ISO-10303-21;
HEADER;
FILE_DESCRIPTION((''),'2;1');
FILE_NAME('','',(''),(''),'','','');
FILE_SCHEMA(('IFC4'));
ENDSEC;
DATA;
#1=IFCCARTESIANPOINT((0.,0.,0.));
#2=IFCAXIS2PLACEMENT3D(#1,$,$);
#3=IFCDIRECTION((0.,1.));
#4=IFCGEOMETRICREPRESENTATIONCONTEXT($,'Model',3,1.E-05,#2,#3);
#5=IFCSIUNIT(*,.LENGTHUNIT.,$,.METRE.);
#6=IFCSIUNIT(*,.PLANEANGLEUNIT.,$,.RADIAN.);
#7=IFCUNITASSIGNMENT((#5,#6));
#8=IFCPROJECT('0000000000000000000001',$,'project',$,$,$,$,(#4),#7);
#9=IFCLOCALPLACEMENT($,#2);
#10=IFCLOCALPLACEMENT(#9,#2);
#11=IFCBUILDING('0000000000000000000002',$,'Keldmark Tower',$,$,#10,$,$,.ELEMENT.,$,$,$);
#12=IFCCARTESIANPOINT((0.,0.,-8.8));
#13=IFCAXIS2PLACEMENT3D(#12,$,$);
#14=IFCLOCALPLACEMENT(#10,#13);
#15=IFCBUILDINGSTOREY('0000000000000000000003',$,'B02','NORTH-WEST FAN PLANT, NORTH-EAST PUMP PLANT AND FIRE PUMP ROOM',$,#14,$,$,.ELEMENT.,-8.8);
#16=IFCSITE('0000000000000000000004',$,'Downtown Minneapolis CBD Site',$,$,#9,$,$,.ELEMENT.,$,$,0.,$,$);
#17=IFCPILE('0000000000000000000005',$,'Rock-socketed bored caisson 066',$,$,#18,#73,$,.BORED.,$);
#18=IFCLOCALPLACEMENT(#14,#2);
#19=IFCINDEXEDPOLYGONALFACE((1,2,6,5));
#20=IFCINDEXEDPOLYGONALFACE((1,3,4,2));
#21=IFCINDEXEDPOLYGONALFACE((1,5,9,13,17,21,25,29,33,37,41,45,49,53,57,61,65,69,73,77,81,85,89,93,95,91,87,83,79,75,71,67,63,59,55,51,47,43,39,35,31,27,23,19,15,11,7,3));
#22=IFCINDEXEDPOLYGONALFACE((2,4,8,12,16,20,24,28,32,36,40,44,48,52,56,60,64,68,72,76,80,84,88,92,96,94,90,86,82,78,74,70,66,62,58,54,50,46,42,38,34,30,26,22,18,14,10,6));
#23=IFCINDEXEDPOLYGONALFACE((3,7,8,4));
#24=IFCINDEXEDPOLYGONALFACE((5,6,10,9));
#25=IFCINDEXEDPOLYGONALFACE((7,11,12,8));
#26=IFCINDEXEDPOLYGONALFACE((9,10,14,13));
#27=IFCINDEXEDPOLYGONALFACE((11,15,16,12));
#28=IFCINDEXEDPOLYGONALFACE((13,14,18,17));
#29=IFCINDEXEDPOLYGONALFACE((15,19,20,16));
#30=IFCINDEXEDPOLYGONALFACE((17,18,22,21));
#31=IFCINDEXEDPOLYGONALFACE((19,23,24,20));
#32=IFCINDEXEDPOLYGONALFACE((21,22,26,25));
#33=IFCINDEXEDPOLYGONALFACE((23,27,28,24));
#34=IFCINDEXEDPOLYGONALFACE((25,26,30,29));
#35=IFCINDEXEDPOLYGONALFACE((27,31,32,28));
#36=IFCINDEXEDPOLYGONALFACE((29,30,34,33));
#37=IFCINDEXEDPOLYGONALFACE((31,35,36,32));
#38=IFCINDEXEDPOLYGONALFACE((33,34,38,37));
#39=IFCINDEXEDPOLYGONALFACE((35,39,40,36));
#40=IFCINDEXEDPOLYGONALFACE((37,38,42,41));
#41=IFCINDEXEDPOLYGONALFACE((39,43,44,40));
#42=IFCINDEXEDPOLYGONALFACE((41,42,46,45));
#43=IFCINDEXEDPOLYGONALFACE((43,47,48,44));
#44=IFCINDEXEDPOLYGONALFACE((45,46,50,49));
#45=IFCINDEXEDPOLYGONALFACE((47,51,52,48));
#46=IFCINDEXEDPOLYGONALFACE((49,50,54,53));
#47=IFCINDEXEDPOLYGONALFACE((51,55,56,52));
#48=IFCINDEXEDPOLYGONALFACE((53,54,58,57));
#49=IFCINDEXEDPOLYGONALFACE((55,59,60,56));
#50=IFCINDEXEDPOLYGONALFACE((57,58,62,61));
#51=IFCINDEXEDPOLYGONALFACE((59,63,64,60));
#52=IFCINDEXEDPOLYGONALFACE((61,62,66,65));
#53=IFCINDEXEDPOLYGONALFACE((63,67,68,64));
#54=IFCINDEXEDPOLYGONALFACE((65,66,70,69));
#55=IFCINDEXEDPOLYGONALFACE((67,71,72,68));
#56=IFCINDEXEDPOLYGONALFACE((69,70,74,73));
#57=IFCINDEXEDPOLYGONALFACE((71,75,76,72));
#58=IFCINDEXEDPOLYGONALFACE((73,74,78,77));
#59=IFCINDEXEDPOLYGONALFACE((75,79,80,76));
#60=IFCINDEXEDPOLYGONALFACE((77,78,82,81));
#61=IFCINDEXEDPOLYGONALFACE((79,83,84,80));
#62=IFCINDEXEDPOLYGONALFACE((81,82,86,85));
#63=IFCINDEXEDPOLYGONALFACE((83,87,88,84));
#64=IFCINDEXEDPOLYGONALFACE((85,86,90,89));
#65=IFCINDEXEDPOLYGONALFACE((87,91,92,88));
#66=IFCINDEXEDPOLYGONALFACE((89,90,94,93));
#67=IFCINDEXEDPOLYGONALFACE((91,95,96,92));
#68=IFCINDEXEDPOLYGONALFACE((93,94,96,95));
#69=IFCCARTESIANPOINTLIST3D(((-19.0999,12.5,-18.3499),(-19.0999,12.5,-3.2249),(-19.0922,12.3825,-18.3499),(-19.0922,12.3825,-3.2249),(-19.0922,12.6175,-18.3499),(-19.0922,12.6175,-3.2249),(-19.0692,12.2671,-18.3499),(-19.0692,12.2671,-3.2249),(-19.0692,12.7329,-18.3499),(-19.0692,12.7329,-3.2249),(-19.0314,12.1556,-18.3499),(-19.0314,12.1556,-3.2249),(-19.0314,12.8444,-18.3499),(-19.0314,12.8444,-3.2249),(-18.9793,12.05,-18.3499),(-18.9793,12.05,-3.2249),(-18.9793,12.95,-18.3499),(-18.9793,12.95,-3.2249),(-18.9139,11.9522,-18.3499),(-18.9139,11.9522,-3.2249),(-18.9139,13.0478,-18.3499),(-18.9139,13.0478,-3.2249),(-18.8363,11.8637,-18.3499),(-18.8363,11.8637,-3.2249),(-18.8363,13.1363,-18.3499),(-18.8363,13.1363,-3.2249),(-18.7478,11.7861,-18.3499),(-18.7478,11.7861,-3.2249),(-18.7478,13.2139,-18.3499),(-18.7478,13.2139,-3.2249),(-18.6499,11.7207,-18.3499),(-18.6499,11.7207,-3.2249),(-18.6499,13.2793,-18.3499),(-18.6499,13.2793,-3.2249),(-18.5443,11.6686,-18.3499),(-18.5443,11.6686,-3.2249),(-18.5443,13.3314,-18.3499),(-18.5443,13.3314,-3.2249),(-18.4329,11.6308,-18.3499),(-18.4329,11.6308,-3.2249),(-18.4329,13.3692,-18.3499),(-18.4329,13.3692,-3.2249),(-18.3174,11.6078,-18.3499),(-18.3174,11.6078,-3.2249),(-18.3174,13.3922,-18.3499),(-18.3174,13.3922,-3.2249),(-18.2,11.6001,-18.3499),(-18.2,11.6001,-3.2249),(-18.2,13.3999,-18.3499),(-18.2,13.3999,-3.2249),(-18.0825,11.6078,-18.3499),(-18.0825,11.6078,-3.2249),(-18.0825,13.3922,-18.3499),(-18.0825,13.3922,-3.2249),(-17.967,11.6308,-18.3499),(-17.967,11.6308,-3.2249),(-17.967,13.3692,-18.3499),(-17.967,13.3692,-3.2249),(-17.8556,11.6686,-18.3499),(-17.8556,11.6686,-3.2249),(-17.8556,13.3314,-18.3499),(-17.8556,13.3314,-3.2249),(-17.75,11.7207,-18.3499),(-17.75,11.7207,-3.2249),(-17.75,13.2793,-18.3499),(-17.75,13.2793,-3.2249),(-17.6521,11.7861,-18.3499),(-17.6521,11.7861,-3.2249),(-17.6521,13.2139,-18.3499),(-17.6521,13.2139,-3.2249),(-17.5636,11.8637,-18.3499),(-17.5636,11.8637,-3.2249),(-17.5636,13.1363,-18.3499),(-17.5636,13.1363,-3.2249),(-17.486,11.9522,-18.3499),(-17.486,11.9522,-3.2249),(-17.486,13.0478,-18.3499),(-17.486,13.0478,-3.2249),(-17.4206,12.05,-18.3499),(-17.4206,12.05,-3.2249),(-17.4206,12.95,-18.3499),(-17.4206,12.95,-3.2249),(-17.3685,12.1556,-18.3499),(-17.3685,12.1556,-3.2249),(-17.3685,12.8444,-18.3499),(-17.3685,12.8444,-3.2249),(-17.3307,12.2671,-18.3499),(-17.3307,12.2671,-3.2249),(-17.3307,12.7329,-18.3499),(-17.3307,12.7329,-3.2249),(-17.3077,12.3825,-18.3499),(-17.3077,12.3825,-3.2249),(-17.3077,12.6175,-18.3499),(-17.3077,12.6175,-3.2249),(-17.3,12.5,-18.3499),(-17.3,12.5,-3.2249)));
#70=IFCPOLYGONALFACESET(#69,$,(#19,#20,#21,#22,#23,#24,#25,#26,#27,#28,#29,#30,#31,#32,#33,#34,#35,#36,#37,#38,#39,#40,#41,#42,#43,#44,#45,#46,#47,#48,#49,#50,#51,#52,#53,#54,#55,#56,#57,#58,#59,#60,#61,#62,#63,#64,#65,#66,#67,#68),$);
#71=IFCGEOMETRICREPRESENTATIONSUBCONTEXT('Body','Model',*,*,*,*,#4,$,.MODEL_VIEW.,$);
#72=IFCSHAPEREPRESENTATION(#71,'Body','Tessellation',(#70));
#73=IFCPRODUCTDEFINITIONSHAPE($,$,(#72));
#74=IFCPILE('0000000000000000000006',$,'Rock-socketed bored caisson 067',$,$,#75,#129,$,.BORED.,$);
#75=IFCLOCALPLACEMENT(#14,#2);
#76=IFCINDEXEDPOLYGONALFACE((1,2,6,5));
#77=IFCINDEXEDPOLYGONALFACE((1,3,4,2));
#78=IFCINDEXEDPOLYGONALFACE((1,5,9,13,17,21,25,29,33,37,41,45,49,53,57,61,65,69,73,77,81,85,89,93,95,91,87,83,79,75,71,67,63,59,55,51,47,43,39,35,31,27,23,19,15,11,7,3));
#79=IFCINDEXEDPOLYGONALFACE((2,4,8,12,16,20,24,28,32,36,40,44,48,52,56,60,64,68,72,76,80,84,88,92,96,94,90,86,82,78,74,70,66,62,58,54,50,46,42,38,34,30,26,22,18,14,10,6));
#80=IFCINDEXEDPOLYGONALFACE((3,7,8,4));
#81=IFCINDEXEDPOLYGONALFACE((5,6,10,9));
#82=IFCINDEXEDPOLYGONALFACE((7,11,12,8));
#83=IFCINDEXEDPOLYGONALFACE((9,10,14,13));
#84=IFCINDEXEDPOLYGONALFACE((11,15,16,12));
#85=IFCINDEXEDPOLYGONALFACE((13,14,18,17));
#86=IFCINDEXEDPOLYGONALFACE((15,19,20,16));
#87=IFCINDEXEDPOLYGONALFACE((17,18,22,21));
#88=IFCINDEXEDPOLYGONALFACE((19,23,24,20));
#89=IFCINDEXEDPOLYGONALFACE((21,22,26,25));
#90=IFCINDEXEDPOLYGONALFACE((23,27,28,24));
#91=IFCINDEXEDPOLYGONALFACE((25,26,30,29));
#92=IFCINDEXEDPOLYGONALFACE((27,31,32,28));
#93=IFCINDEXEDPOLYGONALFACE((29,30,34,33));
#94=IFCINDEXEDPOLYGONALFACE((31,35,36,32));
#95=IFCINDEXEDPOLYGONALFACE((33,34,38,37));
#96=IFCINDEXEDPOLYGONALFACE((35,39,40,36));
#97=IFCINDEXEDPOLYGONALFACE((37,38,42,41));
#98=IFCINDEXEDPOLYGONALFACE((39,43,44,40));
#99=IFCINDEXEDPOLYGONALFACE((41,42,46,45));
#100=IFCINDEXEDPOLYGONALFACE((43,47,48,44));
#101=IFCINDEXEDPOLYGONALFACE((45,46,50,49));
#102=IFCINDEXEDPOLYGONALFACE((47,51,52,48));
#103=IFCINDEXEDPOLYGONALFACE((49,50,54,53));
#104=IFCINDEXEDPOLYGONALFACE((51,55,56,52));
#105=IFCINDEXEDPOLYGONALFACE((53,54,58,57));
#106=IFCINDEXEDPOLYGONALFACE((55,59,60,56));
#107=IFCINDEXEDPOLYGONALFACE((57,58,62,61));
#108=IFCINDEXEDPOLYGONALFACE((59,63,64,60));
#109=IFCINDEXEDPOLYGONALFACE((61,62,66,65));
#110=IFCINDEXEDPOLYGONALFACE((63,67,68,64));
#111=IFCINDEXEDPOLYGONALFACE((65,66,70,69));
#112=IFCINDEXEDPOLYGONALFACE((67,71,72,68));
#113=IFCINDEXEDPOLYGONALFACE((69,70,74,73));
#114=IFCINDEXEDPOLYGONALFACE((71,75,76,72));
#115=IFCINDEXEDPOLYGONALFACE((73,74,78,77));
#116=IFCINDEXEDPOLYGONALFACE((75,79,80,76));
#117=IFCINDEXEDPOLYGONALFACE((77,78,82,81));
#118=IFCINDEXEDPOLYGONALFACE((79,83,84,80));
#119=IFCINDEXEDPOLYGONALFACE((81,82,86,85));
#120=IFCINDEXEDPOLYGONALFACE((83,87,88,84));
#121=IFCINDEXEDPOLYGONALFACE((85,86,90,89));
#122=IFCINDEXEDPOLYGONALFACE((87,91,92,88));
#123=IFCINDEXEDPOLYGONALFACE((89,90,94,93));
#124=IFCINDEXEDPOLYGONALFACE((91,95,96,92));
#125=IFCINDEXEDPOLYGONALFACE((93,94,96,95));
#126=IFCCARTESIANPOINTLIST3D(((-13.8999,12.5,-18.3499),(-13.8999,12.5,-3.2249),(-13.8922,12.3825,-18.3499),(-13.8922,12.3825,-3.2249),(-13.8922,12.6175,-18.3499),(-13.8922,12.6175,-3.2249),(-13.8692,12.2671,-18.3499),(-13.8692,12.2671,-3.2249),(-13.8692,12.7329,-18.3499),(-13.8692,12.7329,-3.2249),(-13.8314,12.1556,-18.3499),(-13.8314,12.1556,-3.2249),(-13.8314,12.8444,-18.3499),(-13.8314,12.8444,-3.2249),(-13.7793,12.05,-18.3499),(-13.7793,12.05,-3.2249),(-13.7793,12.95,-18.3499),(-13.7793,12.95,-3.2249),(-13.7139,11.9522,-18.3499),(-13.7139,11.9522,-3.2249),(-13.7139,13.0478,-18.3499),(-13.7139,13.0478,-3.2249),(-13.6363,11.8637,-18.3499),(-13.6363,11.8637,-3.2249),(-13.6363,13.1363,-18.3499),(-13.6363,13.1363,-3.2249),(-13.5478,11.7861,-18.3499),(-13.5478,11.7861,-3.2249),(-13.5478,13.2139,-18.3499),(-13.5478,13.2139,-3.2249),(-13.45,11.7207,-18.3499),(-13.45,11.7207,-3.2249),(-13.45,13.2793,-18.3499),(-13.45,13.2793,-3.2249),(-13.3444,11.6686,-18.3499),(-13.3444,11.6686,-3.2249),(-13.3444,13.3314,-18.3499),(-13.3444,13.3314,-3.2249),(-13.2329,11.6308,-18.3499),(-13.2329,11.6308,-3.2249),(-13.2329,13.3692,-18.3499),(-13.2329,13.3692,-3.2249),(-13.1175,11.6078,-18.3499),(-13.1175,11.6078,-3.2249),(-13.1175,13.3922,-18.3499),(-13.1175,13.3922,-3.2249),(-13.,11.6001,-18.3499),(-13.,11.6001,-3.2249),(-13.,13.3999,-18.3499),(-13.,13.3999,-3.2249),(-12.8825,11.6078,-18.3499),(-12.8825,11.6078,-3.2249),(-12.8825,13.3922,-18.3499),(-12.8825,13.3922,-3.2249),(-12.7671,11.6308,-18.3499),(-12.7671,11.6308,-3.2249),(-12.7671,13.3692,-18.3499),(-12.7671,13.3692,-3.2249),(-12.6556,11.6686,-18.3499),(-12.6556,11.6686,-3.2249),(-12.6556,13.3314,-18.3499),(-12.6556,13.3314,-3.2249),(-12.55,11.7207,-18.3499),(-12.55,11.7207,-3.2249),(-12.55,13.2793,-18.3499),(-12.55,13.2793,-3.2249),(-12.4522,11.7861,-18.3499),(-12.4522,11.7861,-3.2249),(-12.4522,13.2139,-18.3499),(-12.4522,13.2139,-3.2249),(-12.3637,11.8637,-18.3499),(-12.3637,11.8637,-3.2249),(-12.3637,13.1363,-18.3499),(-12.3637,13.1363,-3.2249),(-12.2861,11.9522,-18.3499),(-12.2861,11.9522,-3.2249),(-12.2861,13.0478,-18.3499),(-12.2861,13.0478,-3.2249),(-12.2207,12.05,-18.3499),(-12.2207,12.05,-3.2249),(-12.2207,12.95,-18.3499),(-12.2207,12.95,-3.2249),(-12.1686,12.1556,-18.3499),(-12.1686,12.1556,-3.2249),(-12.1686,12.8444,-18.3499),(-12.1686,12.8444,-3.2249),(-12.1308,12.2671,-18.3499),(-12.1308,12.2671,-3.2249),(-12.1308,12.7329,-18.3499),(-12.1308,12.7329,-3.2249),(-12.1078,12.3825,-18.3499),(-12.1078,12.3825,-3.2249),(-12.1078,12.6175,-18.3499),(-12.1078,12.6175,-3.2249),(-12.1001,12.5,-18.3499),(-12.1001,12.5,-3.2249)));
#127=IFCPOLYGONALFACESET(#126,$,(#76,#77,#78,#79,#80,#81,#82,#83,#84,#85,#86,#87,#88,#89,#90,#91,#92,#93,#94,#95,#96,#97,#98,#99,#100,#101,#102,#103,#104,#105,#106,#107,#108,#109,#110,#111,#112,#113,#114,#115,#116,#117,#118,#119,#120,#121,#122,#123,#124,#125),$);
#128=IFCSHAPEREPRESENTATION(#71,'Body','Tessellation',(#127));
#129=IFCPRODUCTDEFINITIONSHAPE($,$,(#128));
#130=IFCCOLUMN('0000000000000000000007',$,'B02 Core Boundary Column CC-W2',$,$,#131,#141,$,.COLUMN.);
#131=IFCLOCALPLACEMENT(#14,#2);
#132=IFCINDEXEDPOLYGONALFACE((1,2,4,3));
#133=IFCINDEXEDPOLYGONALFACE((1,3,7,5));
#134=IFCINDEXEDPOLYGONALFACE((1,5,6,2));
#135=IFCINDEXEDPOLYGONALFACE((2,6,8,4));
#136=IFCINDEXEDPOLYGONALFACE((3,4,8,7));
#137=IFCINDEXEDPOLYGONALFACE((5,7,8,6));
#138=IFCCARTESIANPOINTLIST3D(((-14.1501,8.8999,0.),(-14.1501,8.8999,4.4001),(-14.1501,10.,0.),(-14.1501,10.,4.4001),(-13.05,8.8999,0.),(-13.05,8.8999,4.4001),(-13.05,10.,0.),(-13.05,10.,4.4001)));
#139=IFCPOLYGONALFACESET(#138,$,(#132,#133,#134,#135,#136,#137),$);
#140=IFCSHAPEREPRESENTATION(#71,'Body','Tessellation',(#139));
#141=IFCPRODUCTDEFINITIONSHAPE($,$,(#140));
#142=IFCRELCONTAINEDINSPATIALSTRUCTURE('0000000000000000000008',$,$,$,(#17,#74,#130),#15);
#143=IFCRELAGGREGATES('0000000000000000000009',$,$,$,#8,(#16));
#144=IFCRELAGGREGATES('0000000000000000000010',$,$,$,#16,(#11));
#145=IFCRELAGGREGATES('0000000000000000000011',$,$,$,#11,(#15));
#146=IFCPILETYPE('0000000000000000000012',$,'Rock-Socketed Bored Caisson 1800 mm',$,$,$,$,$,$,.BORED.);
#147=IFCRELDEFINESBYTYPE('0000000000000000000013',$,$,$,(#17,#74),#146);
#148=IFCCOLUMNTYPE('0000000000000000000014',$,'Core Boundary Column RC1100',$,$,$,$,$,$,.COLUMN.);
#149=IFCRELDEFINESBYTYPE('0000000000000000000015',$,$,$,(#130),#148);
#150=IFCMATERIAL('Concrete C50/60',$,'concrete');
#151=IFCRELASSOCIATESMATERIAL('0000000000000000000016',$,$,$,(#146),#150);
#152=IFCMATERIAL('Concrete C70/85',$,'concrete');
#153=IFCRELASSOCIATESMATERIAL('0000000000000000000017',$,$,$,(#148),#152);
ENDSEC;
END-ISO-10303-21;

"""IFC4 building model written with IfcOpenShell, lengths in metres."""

from ifc_helpers import new_model, si_unit, direction, frame, origin, origin_2d, place, context, subcontext, project, spatial, rectangle, circle, extrude, material, material_profile, profile_set, type_object, element, save


model = new_model("IFC4")

# Units and contexts
model_context = context("Model", 3, precision=1e-05, world=origin(), true_north=direction((0.0, 1.0)))
body_context = subcontext(model_context, "Body", "Model", "MODEL_VIEW")
ifc_project = project(units=[si_unit("LENGTHUNIT", "METRE"), si_unit("PLANEANGLEUNIT", "RADIAN")], contexts=[model_context])

# Site, building, storey
site_placement = place(None, origin())
site = spatial("IfcSite", under=ifc_project, at=site_placement, Name="Downtown Minneapolis CBD Site", CompositionType="ELEMENT", RefElevation=0.0)
building_placement = place(site_placement, origin())
building = spatial("IfcBuilding", under=site, at=building_placement, Name="Keldmark Tower", CompositionType="ELEMENT")
storey_placement = place(building_placement, frame((0.0, 0.0, -8.8)))
storey = spatial("IfcBuildingStorey", under=building, at=storey_placement, Name="B02", Description="NORTH-WEST FAN PLANT, NORTH-EAST PUMP PLANT AND FIRE PUMP ROOM", CompositionType="ELEMENT", Elevation=-8.8)

# Piles
ifc_material_1 = material(Name="Concrete C50/60", Category="concrete")
ifc_material_profile_1 = material_profile(ifc_material_1, circle(Radius=0.8999, at=origin_2d()), Name="CAISSON1800")
ifc_profile_set_1 = profile_set([ifc_material_profile_1], Name="Concrete C50/60")
pile_type_1 = type_object("IfcPileType", Name="Rock-Socketed Bored Caisson 1800 mm", PredefinedType="BORED", material=ifc_profile_set_1)
for number, where, z_axis, x_axis, name in (
    (1, (-18.2, 12.5, -3.2249), (0.0, 0.0, -1.0), (1.0, 0.0, 0.0), "Rock-socketed bored caisson 066"),
    (2, (-13.0, 12.5, -3.2249), (0.0, 0.0, -1.0), (1.0, 0.0, 0.0), "Rock-socketed bored caisson 067"),
):
    element("IfcPile", number, at=place(storey_placement, frame(where, z_axis=z_axis, x_axis=x_axis)), inside=storey, type_object=pile_type_1, Name=name, PredefinedType="BORED", context=body_context, shape_type="SweptSolid", body=[
        extrude(circle(Radius=0.8999, at=origin_2d()), origin(), (0.0, 0.0, 1.0), 15.125),
    ])

# Column
ifc_material_2 = material(Name="Concrete C70/85", Category="concrete")
ifc_material_profile_2 = material_profile(ifc_material_2, rectangle(XDim=1.1001, YDim=1.1001, at=origin_2d()), Name="RC1100X1100")
ifc_profile_set_2 = profile_set([ifc_material_profile_2], Name="Concrete C70/85")
column_type_1 = type_object("IfcColumnType", Name="Core Boundary Column RC1100", PredefinedType="COLUMN", material=ifc_profile_set_2)
column_placement = place(storey_placement, frame((-13.6001, 9.45, 0.0), z_axis=(0.0, 0.0, 1.0), x_axis=(1.0, 0.0, 0.0)))
element("IfcColumn", 3, at=column_placement, inside=storey, type_object=column_type_1, Name="B02 Core Boundary Column CC-W2", PredefinedType="COLUMN", context=body_context, shape_type="SweptSolid", body=[
    extrude(rectangle(XDim=1.1001, YDim=1.1001, at=origin_2d()), origin(), (0.0, 0.0, 1.0), 4.4001),
])

save(model, "model.ifc")
